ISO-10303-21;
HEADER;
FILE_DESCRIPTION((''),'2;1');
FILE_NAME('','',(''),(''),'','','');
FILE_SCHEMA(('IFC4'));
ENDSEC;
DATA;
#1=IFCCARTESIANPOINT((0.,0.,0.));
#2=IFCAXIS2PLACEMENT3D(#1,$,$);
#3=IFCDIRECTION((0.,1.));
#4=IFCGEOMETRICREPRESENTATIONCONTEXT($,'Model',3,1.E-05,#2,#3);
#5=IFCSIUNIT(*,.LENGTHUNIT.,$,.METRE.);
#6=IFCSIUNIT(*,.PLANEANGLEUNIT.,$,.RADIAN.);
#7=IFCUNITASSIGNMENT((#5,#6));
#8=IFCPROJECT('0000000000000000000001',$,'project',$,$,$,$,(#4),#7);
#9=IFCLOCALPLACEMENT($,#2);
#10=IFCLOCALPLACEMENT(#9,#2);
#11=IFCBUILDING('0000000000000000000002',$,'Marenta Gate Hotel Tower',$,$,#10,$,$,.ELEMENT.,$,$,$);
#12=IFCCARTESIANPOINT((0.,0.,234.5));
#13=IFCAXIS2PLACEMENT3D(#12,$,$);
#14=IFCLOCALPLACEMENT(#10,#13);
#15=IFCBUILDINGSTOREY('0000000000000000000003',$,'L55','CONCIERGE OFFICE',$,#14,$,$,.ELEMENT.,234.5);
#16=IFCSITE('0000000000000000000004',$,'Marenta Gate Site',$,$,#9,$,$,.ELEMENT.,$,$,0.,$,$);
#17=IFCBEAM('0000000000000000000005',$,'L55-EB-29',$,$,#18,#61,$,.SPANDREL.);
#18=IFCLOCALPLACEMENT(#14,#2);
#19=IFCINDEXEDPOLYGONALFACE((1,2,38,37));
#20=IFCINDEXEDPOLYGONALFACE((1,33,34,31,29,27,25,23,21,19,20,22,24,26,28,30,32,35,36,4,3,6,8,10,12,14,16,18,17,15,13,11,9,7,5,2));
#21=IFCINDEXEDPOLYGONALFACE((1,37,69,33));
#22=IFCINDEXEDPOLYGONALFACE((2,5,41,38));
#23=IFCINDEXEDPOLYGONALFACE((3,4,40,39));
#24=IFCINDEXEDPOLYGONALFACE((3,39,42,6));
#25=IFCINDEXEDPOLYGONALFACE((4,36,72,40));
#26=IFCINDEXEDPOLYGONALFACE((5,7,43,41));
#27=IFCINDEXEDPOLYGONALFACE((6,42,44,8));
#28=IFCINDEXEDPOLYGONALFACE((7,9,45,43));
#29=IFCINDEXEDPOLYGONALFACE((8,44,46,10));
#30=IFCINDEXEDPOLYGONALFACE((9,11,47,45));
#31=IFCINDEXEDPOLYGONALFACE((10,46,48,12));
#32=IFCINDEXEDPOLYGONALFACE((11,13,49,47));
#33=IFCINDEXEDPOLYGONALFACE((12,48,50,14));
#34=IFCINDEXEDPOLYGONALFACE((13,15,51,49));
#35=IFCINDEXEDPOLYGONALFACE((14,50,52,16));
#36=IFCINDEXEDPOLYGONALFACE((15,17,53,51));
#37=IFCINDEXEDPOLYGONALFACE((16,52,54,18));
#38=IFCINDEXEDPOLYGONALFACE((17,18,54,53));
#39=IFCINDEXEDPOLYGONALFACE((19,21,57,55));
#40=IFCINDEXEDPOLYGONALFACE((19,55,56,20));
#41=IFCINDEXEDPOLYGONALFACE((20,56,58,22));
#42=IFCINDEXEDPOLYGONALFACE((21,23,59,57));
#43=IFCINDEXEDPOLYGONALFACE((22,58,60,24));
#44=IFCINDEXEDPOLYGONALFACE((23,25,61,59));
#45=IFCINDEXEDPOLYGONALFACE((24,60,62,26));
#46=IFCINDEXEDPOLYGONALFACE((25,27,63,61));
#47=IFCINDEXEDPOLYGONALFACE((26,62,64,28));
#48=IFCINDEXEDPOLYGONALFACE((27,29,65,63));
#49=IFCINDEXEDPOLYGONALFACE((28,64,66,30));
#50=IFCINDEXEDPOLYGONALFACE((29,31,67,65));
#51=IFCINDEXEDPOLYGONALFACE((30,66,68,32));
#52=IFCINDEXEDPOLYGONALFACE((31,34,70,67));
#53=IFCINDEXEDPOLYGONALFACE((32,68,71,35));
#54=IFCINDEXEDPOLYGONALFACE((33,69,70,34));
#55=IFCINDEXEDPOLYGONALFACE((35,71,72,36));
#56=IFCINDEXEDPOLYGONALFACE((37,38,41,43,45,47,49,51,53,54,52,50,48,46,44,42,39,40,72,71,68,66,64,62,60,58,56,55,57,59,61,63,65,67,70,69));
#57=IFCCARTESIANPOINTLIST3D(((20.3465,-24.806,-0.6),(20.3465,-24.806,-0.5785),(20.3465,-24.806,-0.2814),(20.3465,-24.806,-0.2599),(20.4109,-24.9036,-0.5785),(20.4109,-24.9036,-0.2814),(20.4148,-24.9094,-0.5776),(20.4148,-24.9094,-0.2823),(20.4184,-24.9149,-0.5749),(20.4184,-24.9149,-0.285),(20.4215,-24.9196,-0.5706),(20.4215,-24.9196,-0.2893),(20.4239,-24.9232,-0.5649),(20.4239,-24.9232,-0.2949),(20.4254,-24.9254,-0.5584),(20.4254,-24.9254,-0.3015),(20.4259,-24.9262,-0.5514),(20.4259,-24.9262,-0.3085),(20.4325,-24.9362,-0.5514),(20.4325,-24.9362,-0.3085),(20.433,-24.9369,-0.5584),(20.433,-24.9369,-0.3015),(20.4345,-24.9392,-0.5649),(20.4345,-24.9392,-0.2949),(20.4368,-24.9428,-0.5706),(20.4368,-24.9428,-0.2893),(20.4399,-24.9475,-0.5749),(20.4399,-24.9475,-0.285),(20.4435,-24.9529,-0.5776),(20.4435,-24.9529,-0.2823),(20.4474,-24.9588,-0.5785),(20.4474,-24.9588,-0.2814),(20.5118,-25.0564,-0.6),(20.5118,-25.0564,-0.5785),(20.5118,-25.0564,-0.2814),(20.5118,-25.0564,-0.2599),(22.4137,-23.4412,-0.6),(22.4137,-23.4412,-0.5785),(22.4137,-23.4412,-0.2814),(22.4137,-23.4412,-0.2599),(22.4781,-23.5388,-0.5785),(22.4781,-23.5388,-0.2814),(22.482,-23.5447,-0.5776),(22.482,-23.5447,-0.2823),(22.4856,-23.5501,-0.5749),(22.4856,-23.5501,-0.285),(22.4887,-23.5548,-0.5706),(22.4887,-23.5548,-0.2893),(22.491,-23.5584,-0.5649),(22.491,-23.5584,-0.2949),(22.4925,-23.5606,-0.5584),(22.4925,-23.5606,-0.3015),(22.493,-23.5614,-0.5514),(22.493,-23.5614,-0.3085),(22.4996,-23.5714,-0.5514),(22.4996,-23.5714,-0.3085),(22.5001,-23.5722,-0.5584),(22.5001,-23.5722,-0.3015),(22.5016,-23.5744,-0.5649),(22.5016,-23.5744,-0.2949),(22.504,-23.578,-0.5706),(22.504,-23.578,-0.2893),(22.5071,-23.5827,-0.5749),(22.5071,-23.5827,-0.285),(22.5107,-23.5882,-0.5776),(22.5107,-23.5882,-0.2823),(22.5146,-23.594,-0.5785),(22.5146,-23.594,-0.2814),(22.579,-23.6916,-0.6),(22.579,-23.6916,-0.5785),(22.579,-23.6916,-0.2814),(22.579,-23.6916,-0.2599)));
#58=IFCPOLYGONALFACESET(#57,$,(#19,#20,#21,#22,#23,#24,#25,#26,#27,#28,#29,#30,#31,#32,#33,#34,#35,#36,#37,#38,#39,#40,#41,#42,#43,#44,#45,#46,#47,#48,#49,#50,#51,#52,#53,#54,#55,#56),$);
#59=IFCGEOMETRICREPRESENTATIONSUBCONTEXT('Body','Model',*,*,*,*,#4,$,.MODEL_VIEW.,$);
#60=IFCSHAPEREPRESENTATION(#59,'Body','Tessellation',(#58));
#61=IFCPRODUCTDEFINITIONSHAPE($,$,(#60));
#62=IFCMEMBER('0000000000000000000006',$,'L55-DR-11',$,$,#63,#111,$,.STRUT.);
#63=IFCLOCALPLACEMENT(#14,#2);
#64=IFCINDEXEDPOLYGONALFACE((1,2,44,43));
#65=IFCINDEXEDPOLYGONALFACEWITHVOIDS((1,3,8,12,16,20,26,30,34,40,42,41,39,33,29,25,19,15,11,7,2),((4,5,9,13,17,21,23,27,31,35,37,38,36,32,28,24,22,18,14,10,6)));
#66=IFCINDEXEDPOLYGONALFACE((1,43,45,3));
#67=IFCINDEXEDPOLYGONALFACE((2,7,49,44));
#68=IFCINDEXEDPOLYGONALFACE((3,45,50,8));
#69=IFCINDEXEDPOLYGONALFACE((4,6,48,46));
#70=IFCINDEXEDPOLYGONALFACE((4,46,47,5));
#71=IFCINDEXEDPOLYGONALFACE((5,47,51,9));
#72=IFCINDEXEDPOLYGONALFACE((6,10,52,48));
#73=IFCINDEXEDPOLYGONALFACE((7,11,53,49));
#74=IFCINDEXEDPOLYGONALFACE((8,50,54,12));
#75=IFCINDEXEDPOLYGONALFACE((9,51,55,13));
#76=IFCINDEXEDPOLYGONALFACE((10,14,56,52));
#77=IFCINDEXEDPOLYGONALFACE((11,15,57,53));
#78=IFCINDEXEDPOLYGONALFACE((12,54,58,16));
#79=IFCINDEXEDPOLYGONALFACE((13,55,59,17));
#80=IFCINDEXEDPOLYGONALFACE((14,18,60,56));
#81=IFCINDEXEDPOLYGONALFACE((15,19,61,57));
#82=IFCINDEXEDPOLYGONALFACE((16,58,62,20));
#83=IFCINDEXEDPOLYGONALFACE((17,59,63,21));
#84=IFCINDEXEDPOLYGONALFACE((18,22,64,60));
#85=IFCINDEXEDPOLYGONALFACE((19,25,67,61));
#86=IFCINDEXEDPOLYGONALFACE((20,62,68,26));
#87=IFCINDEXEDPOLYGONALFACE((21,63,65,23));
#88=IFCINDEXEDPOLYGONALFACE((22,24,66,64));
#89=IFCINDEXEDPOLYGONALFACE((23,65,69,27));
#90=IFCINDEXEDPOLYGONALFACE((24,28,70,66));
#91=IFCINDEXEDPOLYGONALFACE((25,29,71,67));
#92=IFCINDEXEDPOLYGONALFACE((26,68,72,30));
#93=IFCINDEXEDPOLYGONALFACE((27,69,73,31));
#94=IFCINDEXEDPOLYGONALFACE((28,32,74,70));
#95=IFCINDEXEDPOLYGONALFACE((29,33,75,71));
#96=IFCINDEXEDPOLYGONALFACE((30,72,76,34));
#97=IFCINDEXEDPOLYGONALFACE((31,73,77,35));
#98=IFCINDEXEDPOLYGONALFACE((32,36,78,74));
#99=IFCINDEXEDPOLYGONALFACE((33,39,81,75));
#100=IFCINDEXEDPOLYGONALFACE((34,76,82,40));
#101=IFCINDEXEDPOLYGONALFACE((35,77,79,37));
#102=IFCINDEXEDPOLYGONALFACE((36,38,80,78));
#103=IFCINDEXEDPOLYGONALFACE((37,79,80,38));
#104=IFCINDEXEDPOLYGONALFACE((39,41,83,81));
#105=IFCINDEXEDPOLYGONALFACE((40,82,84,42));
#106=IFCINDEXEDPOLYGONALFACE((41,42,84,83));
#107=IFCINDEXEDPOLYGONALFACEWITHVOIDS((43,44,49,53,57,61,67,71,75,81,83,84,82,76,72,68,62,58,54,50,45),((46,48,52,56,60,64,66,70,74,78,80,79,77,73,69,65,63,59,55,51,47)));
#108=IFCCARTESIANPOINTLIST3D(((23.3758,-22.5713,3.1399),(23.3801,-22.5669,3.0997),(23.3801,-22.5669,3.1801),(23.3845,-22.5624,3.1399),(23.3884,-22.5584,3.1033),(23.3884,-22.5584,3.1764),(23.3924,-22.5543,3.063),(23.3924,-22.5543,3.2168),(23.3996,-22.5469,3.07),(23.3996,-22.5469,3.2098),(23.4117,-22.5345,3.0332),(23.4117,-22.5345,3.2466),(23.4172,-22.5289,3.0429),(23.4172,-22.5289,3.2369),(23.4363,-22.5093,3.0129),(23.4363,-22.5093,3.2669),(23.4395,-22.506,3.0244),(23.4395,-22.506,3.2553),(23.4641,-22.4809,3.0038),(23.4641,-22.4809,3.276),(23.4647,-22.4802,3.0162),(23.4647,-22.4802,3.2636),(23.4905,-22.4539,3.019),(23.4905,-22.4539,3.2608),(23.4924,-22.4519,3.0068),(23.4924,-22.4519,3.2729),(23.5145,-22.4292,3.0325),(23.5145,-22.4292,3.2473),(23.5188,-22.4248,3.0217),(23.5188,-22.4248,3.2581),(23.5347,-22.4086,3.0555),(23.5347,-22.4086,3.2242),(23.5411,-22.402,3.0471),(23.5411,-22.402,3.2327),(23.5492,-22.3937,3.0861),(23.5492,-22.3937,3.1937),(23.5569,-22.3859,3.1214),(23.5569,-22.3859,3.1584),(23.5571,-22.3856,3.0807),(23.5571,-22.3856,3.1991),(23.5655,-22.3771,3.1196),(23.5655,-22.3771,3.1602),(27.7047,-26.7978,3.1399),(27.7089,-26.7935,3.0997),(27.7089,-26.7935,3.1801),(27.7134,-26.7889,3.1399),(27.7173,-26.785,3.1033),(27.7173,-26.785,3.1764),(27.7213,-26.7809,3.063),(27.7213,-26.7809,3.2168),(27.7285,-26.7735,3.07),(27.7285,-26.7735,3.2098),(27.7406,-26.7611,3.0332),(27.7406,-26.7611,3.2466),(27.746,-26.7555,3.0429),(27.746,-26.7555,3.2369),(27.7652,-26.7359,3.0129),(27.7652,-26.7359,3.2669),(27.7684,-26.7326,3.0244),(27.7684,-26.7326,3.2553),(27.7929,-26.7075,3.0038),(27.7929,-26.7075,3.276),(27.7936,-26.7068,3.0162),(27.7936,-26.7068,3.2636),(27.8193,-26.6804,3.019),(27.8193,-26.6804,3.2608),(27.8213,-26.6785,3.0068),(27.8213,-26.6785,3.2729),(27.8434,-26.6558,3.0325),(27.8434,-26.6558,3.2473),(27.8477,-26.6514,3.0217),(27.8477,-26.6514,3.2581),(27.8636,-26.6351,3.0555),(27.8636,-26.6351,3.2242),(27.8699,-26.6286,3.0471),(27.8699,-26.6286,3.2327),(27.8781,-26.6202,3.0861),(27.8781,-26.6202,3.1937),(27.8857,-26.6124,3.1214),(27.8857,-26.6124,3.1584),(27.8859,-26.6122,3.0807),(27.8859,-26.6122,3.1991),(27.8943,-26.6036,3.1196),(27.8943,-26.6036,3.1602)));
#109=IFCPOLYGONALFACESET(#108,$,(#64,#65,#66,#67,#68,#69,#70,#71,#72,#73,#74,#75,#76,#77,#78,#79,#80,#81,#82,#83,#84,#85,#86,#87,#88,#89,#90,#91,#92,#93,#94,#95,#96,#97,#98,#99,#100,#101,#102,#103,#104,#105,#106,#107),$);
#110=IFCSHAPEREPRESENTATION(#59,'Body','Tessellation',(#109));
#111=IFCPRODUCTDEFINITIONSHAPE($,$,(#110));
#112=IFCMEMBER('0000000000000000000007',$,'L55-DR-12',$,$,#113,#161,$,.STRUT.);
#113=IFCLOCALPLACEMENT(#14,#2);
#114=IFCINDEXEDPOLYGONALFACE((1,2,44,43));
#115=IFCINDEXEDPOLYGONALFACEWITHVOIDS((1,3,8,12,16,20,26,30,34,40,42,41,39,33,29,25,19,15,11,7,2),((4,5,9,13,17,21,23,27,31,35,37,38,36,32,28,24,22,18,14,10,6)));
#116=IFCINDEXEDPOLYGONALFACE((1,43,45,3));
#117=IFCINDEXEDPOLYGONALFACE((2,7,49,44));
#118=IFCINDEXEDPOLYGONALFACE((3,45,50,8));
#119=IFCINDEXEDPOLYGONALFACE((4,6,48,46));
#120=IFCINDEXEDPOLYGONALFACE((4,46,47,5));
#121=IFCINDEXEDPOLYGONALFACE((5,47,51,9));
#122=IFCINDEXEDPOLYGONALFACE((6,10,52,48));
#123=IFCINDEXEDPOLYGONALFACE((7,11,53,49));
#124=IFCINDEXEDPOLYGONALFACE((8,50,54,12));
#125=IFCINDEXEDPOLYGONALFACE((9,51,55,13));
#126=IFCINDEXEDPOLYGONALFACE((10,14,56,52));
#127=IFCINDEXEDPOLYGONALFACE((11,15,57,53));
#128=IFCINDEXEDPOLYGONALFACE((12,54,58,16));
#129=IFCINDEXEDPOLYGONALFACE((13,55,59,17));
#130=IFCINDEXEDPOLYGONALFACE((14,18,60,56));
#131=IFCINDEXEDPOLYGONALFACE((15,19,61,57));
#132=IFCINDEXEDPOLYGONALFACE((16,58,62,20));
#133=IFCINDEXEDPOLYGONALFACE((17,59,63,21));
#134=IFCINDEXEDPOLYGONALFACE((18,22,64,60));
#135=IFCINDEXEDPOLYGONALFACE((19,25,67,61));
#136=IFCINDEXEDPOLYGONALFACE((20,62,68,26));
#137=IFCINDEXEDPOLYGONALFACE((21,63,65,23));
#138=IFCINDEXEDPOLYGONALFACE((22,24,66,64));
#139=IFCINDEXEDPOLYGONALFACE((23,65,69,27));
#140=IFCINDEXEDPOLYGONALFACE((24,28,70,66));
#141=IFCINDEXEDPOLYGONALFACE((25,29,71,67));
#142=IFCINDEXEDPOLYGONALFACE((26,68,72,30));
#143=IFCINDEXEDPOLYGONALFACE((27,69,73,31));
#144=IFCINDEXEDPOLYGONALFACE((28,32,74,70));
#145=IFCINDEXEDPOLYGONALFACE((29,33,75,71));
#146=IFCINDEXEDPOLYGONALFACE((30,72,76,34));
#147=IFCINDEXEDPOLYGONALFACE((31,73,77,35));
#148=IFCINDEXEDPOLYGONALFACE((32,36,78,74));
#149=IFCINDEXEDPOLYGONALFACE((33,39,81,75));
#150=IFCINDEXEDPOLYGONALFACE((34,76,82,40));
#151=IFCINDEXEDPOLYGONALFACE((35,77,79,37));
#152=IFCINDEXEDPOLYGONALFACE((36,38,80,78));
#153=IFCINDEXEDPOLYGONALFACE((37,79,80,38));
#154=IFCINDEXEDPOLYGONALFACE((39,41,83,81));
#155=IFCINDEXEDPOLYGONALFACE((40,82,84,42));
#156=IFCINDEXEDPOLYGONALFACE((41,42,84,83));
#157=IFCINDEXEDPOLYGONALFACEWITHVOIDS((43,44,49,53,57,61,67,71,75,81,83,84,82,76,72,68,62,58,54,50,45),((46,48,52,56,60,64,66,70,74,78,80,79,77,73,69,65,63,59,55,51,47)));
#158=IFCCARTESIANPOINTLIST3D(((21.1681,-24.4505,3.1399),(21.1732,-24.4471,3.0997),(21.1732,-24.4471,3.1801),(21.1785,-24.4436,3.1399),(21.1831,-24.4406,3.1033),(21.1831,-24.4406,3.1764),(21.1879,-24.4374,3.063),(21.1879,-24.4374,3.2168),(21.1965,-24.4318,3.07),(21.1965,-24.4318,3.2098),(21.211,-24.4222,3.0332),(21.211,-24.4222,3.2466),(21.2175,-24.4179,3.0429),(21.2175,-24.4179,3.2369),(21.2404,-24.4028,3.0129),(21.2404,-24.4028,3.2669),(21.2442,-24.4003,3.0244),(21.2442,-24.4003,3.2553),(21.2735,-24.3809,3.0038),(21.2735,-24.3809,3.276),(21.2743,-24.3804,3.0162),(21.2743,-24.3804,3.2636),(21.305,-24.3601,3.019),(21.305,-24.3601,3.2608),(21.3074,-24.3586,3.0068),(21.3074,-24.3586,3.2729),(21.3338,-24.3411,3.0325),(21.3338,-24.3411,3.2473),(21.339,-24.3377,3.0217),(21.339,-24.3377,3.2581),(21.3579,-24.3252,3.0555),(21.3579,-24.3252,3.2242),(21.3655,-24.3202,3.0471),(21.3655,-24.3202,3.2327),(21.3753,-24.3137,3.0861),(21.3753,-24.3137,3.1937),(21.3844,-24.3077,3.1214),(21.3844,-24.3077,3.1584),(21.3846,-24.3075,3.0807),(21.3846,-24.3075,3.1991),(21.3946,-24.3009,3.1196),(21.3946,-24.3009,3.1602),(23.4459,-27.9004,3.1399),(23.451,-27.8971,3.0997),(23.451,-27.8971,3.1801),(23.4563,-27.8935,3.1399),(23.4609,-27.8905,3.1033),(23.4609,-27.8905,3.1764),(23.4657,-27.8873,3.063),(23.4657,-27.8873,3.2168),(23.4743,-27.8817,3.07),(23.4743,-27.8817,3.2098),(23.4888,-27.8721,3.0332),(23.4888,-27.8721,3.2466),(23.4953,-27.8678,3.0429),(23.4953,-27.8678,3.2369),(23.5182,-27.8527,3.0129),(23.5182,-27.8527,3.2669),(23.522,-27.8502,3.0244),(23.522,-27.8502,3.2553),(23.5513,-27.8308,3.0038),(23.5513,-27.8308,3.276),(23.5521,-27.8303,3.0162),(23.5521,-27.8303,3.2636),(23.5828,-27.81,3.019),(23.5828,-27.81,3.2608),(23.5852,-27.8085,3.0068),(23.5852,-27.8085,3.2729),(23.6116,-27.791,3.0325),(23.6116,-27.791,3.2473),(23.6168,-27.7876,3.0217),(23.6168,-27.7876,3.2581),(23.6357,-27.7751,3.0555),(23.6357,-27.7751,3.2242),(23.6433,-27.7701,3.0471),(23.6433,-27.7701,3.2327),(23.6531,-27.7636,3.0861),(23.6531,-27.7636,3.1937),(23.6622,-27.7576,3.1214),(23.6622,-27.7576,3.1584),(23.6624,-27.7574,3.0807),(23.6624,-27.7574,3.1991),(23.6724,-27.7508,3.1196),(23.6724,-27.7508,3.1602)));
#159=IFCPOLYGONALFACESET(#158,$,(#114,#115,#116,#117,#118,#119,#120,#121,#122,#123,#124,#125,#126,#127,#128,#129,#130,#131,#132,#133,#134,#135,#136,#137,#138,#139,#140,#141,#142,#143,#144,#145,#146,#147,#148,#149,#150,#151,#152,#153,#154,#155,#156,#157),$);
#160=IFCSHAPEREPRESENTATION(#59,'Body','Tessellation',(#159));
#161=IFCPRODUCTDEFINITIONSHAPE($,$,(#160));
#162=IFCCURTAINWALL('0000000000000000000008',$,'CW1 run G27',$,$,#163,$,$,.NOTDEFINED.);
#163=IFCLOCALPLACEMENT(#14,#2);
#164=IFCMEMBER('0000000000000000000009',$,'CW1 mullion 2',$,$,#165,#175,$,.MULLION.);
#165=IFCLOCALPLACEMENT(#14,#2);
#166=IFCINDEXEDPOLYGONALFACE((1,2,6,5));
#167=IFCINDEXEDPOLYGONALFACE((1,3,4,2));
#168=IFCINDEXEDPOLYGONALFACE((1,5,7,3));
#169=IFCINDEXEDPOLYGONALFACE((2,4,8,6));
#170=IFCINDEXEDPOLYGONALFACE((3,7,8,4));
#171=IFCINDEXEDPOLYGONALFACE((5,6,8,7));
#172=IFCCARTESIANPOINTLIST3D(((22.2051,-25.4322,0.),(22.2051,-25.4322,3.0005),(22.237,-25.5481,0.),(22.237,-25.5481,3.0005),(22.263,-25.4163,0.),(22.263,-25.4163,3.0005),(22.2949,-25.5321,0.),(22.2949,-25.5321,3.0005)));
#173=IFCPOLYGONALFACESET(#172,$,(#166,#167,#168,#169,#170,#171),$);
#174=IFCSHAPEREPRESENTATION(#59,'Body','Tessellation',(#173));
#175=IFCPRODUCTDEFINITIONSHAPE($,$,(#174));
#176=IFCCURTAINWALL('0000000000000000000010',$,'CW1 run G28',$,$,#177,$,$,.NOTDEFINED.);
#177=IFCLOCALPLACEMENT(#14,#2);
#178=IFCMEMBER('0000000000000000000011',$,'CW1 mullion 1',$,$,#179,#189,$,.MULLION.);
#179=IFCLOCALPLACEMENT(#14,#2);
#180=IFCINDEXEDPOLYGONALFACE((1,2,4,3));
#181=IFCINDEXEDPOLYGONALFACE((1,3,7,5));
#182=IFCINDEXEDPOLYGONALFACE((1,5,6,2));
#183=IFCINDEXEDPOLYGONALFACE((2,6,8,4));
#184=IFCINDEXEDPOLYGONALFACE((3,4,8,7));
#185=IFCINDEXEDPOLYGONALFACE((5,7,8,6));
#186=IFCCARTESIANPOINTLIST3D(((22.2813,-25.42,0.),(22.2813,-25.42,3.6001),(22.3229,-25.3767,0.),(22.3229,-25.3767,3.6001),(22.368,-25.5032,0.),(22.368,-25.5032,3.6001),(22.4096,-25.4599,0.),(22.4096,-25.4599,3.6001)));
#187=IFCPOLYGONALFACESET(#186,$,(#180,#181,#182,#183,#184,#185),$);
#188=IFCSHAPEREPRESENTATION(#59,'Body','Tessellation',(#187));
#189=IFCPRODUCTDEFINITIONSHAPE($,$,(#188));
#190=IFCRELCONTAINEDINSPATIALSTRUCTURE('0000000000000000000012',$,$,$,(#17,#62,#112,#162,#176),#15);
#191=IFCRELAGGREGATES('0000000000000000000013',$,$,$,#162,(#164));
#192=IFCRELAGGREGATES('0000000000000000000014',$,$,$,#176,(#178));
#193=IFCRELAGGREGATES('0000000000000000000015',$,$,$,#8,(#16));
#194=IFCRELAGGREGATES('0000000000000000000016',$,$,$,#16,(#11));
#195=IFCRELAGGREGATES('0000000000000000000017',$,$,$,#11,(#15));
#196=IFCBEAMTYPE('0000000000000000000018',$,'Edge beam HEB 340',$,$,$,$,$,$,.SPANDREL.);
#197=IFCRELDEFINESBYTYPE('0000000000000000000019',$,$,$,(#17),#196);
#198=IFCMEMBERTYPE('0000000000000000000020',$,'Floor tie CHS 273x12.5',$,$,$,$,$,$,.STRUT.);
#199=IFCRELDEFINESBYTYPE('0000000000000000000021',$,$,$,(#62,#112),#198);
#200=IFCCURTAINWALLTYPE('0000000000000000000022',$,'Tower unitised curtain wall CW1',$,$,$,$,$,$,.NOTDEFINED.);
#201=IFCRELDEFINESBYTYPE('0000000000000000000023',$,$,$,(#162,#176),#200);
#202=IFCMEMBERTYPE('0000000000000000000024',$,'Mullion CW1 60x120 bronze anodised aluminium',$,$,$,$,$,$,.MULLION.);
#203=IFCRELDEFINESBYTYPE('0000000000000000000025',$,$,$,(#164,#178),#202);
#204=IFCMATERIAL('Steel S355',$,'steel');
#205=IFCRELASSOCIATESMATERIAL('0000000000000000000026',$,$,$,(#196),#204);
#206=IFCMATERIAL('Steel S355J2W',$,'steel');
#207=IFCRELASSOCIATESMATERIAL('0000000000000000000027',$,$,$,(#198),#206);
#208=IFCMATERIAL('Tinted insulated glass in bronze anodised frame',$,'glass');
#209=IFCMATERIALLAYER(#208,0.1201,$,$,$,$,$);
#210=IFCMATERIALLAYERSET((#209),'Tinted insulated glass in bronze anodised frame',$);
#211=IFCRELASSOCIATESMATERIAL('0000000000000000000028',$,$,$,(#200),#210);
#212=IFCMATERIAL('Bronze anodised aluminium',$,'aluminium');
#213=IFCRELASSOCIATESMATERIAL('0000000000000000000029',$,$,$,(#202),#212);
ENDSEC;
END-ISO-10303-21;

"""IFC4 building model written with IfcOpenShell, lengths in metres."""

from ifc_helpers import new_model, si_unit, direction, frame, origin, origin_2d, place, context, subcontext, project, spatial, rectangle, hollow_circle, i_section, extrude, material, layer, layer_set, material_profile, profile_set, type_object, element, aggregate, save


model = new_model("IFC4")

# Units and contexts
model_context = context("Model", 3, precision=1e-05, world=origin(), true_north=direction((0.0, 1.0)))
body_context = subcontext(model_context, "Body", "Model", "MODEL_VIEW")
ifc_project = project(units=[si_unit("LENGTHUNIT", "METRE"), si_unit("PLANEANGLEUNIT", "RADIAN")], contexts=[model_context])

# Site, building, storey
site_placement = place(None, origin())
site = spatial("IfcSite", under=ifc_project, at=site_placement, Name="Marenta Gate Site", CompositionType="ELEMENT", RefElevation=0.0)
building_placement = place(site_placement, origin())
building = spatial("IfcBuilding", under=site, at=building_placement, Name="Marenta Gate Hotel Tower", CompositionType="ELEMENT")
storey_placement = place(building_placement, frame((0.0, 0.0, 234.5)))
storey = spatial("IfcBuildingStorey", under=building, at=storey_placement, Name="L55", Description="CONCIERGE OFFICE", CompositionType="ELEMENT", Elevation=234.5)

# Beam
ifc_material_1 = material(Name="Steel S355", Category="steel")
ifc_material_profile_1 = material_profile(ifc_material_1, i_section(OverallWidth=0.3, OverallDepth=0.3401, WebThickness=0.012, FlangeThickness=0.0215, FilletRadius=0.0271, at=origin_2d()), Name="HEB 340")
ifc_profile_set_1 = profile_set([ifc_material_profile_1], Name="Steel S355")
beam_type = type_object("IfcBeamType", Name="Edge beam HEB 340", PredefinedType="SPANDREL", material=ifc_profile_set_1)
beam_placement = place(storey_placement, frame((22.4963, -23.5664, -0.4299), z_axis=(-0.834529, -0.550964, 0.0), x_axis=(0.550964, -0.834529, 0.0)))
element("IfcBeam", 1, at=beam_placement, inside=storey, type_object=beam_type, Name="L55-EB-29", PredefinedType="SPANDREL", context=body_context, shape_type="SweptSolid", body=[
    extrude(i_section(OverallWidth=0.3, OverallDepth=0.3401, WebThickness=0.012, FlangeThickness=0.0215, FilletRadius=0.0271, at=origin_2d()), origin(), (0.0, 0.0, 1.0), 2.4771),
])

# Members
ifc_material_2 = material(Name="Steel S355J2W", Category="steel")
ifc_material_profile_2 = material_profile(ifc_material_2, hollow_circle(Radius=0.1365, WallThickness=0.0125, at=origin_2d()), Name="CHS 273x12.5")
ifc_profile_set_2 = profile_set([ifc_material_profile_2], Name="Steel S355J2W")
member_type_1 = type_object("IfcMemberType", Name="Floor tie CHS 273x12.5", PredefinedType="STRUT", material=ifc_profile_set_2)
member_1_placement = place(storey_placement, frame((27.8, -26.7002, 3.1399), z_axis=(-0.71551, 0.698602, 0.0), x_axis=(-0.698602, -0.71551, 0.0)))
element("IfcMember", 2, at=member_1_placement, inside=storey, type_object=member_type_1, Name="L55-DR-11", PredefinedType="STRUT", context=body_context, shape_type="SweptSolid", body=[
    extrude(hollow_circle(Radius=0.1365, WallThickness=0.0125, at=origin_2d()), origin(), (0.0, 0.0, 1.0), 6.05),
])
member_2_placement = place(storey_placement, frame((23.5598, -27.8252, 3.1399), z_axis=(-0.550988, 0.834513, 0.0), x_axis=(-0.834513, -0.550988, 0.0)))
element("IfcMember", 3, at=member_2_placement, inside=storey, type_object=member_type_1, Name="L55-DR-12", PredefinedType="STRUT", context=body_context, shape_type="SweptSolid", body=[
    extrude(hollow_circle(Radius=0.1365, WallThickness=0.0125, at=origin_2d()), origin(), (0.0, 0.0, 1.0), 4.134),
])

# Curtain walls, members
ifc_material_3 = material(Name="Tinted insulated glass in bronze anodised frame", Category="glass")
ifc_layer_1 = layer(ifc_material_3, 0.1201)
ifc_layer_set_1 = layer_set([ifc_layer_1], Name="Tinted insulated glass in bronze anodised frame")
curtain_wall_type = type_object("IfcCurtainWallType", Name="Tower unitised curtain wall CW1", PredefinedType="NOTDEFINED", material=ifc_layer_set_1)
curtain_wall_1_placement = place(storey_placement, origin())
curtain_wall_1 = element("IfcCurtainWall", 4, at=curtain_wall_1_placement, inside=storey, type_object=curtain_wall_type, Name="CW1 run G27", PredefinedType="NOTDEFINED")
ifc_material_4 = material(Name="Bronze anodised aluminium", Category="aluminium")
ifc_material_profile_3 = material_profile(ifc_material_4, rectangle(XDim=0.1201, YDim=0.0601, at=origin_2d()), Name="Mullion CW1 60x120 bronze anodised aluminium")
ifc_profile_set_3 = profile_set([ifc_material_profile_3], Name="Bronze anodised aluminium")
member_type_2 = type_object("IfcMemberType", Name="Mullion CW1 60x120 bronze anodised aluminium", PredefinedType="MULLION", material=ifc_profile_set_3)
member_3_placement = place(storey_placement, frame((22.25, -25.4822, 0.0), z_axis=(0.0, 0.0, 1.0), x_axis=(-0.265283, 0.964171, 0.0)))
member_3 = element("IfcMember", 5, at=member_3_placement, type_object=member_type_2, Name="CW1 mullion 2", PredefinedType="MULLION", context=body_context, shape_type="SweptSolid", body=[
    extrude(rectangle(XDim=0.1201, YDim=0.0601, at=origin_2d()), origin(), (0.0, 0.0, 1.0), 3.0005),
])
curtain_wall_2_placement = place(storey_placement, origin())
curtain_wall_2 = element("IfcCurtainWall", 6, at=curtain_wall_2_placement, inside=storey, type_object=curtain_wall_type, Name="CW1 run G28", PredefinedType="NOTDEFINED")
member_4_placement = place(storey_placement, frame((22.3455, -25.4399, 0.0), z_axis=(0.0, 0.0, 1.0), x_axis=(-0.721375, 0.692545, 0.0)))
member_4 = element("IfcMember", 7, at=member_4_placement, type_object=member_type_2, Name="CW1 mullion 1", PredefinedType="MULLION", context=body_context, shape_type="SweptSolid", body=[
    extrude(rectangle(XDim=0.1201, YDim=0.0601, at=origin_2d()), origin(), (0.0, 0.0, 1.0), 3.6001),
])

aggregate(curtain_wall_1, [member_3])
aggregate(curtain_wall_2, [member_4])

save(model, "model.ifc")
